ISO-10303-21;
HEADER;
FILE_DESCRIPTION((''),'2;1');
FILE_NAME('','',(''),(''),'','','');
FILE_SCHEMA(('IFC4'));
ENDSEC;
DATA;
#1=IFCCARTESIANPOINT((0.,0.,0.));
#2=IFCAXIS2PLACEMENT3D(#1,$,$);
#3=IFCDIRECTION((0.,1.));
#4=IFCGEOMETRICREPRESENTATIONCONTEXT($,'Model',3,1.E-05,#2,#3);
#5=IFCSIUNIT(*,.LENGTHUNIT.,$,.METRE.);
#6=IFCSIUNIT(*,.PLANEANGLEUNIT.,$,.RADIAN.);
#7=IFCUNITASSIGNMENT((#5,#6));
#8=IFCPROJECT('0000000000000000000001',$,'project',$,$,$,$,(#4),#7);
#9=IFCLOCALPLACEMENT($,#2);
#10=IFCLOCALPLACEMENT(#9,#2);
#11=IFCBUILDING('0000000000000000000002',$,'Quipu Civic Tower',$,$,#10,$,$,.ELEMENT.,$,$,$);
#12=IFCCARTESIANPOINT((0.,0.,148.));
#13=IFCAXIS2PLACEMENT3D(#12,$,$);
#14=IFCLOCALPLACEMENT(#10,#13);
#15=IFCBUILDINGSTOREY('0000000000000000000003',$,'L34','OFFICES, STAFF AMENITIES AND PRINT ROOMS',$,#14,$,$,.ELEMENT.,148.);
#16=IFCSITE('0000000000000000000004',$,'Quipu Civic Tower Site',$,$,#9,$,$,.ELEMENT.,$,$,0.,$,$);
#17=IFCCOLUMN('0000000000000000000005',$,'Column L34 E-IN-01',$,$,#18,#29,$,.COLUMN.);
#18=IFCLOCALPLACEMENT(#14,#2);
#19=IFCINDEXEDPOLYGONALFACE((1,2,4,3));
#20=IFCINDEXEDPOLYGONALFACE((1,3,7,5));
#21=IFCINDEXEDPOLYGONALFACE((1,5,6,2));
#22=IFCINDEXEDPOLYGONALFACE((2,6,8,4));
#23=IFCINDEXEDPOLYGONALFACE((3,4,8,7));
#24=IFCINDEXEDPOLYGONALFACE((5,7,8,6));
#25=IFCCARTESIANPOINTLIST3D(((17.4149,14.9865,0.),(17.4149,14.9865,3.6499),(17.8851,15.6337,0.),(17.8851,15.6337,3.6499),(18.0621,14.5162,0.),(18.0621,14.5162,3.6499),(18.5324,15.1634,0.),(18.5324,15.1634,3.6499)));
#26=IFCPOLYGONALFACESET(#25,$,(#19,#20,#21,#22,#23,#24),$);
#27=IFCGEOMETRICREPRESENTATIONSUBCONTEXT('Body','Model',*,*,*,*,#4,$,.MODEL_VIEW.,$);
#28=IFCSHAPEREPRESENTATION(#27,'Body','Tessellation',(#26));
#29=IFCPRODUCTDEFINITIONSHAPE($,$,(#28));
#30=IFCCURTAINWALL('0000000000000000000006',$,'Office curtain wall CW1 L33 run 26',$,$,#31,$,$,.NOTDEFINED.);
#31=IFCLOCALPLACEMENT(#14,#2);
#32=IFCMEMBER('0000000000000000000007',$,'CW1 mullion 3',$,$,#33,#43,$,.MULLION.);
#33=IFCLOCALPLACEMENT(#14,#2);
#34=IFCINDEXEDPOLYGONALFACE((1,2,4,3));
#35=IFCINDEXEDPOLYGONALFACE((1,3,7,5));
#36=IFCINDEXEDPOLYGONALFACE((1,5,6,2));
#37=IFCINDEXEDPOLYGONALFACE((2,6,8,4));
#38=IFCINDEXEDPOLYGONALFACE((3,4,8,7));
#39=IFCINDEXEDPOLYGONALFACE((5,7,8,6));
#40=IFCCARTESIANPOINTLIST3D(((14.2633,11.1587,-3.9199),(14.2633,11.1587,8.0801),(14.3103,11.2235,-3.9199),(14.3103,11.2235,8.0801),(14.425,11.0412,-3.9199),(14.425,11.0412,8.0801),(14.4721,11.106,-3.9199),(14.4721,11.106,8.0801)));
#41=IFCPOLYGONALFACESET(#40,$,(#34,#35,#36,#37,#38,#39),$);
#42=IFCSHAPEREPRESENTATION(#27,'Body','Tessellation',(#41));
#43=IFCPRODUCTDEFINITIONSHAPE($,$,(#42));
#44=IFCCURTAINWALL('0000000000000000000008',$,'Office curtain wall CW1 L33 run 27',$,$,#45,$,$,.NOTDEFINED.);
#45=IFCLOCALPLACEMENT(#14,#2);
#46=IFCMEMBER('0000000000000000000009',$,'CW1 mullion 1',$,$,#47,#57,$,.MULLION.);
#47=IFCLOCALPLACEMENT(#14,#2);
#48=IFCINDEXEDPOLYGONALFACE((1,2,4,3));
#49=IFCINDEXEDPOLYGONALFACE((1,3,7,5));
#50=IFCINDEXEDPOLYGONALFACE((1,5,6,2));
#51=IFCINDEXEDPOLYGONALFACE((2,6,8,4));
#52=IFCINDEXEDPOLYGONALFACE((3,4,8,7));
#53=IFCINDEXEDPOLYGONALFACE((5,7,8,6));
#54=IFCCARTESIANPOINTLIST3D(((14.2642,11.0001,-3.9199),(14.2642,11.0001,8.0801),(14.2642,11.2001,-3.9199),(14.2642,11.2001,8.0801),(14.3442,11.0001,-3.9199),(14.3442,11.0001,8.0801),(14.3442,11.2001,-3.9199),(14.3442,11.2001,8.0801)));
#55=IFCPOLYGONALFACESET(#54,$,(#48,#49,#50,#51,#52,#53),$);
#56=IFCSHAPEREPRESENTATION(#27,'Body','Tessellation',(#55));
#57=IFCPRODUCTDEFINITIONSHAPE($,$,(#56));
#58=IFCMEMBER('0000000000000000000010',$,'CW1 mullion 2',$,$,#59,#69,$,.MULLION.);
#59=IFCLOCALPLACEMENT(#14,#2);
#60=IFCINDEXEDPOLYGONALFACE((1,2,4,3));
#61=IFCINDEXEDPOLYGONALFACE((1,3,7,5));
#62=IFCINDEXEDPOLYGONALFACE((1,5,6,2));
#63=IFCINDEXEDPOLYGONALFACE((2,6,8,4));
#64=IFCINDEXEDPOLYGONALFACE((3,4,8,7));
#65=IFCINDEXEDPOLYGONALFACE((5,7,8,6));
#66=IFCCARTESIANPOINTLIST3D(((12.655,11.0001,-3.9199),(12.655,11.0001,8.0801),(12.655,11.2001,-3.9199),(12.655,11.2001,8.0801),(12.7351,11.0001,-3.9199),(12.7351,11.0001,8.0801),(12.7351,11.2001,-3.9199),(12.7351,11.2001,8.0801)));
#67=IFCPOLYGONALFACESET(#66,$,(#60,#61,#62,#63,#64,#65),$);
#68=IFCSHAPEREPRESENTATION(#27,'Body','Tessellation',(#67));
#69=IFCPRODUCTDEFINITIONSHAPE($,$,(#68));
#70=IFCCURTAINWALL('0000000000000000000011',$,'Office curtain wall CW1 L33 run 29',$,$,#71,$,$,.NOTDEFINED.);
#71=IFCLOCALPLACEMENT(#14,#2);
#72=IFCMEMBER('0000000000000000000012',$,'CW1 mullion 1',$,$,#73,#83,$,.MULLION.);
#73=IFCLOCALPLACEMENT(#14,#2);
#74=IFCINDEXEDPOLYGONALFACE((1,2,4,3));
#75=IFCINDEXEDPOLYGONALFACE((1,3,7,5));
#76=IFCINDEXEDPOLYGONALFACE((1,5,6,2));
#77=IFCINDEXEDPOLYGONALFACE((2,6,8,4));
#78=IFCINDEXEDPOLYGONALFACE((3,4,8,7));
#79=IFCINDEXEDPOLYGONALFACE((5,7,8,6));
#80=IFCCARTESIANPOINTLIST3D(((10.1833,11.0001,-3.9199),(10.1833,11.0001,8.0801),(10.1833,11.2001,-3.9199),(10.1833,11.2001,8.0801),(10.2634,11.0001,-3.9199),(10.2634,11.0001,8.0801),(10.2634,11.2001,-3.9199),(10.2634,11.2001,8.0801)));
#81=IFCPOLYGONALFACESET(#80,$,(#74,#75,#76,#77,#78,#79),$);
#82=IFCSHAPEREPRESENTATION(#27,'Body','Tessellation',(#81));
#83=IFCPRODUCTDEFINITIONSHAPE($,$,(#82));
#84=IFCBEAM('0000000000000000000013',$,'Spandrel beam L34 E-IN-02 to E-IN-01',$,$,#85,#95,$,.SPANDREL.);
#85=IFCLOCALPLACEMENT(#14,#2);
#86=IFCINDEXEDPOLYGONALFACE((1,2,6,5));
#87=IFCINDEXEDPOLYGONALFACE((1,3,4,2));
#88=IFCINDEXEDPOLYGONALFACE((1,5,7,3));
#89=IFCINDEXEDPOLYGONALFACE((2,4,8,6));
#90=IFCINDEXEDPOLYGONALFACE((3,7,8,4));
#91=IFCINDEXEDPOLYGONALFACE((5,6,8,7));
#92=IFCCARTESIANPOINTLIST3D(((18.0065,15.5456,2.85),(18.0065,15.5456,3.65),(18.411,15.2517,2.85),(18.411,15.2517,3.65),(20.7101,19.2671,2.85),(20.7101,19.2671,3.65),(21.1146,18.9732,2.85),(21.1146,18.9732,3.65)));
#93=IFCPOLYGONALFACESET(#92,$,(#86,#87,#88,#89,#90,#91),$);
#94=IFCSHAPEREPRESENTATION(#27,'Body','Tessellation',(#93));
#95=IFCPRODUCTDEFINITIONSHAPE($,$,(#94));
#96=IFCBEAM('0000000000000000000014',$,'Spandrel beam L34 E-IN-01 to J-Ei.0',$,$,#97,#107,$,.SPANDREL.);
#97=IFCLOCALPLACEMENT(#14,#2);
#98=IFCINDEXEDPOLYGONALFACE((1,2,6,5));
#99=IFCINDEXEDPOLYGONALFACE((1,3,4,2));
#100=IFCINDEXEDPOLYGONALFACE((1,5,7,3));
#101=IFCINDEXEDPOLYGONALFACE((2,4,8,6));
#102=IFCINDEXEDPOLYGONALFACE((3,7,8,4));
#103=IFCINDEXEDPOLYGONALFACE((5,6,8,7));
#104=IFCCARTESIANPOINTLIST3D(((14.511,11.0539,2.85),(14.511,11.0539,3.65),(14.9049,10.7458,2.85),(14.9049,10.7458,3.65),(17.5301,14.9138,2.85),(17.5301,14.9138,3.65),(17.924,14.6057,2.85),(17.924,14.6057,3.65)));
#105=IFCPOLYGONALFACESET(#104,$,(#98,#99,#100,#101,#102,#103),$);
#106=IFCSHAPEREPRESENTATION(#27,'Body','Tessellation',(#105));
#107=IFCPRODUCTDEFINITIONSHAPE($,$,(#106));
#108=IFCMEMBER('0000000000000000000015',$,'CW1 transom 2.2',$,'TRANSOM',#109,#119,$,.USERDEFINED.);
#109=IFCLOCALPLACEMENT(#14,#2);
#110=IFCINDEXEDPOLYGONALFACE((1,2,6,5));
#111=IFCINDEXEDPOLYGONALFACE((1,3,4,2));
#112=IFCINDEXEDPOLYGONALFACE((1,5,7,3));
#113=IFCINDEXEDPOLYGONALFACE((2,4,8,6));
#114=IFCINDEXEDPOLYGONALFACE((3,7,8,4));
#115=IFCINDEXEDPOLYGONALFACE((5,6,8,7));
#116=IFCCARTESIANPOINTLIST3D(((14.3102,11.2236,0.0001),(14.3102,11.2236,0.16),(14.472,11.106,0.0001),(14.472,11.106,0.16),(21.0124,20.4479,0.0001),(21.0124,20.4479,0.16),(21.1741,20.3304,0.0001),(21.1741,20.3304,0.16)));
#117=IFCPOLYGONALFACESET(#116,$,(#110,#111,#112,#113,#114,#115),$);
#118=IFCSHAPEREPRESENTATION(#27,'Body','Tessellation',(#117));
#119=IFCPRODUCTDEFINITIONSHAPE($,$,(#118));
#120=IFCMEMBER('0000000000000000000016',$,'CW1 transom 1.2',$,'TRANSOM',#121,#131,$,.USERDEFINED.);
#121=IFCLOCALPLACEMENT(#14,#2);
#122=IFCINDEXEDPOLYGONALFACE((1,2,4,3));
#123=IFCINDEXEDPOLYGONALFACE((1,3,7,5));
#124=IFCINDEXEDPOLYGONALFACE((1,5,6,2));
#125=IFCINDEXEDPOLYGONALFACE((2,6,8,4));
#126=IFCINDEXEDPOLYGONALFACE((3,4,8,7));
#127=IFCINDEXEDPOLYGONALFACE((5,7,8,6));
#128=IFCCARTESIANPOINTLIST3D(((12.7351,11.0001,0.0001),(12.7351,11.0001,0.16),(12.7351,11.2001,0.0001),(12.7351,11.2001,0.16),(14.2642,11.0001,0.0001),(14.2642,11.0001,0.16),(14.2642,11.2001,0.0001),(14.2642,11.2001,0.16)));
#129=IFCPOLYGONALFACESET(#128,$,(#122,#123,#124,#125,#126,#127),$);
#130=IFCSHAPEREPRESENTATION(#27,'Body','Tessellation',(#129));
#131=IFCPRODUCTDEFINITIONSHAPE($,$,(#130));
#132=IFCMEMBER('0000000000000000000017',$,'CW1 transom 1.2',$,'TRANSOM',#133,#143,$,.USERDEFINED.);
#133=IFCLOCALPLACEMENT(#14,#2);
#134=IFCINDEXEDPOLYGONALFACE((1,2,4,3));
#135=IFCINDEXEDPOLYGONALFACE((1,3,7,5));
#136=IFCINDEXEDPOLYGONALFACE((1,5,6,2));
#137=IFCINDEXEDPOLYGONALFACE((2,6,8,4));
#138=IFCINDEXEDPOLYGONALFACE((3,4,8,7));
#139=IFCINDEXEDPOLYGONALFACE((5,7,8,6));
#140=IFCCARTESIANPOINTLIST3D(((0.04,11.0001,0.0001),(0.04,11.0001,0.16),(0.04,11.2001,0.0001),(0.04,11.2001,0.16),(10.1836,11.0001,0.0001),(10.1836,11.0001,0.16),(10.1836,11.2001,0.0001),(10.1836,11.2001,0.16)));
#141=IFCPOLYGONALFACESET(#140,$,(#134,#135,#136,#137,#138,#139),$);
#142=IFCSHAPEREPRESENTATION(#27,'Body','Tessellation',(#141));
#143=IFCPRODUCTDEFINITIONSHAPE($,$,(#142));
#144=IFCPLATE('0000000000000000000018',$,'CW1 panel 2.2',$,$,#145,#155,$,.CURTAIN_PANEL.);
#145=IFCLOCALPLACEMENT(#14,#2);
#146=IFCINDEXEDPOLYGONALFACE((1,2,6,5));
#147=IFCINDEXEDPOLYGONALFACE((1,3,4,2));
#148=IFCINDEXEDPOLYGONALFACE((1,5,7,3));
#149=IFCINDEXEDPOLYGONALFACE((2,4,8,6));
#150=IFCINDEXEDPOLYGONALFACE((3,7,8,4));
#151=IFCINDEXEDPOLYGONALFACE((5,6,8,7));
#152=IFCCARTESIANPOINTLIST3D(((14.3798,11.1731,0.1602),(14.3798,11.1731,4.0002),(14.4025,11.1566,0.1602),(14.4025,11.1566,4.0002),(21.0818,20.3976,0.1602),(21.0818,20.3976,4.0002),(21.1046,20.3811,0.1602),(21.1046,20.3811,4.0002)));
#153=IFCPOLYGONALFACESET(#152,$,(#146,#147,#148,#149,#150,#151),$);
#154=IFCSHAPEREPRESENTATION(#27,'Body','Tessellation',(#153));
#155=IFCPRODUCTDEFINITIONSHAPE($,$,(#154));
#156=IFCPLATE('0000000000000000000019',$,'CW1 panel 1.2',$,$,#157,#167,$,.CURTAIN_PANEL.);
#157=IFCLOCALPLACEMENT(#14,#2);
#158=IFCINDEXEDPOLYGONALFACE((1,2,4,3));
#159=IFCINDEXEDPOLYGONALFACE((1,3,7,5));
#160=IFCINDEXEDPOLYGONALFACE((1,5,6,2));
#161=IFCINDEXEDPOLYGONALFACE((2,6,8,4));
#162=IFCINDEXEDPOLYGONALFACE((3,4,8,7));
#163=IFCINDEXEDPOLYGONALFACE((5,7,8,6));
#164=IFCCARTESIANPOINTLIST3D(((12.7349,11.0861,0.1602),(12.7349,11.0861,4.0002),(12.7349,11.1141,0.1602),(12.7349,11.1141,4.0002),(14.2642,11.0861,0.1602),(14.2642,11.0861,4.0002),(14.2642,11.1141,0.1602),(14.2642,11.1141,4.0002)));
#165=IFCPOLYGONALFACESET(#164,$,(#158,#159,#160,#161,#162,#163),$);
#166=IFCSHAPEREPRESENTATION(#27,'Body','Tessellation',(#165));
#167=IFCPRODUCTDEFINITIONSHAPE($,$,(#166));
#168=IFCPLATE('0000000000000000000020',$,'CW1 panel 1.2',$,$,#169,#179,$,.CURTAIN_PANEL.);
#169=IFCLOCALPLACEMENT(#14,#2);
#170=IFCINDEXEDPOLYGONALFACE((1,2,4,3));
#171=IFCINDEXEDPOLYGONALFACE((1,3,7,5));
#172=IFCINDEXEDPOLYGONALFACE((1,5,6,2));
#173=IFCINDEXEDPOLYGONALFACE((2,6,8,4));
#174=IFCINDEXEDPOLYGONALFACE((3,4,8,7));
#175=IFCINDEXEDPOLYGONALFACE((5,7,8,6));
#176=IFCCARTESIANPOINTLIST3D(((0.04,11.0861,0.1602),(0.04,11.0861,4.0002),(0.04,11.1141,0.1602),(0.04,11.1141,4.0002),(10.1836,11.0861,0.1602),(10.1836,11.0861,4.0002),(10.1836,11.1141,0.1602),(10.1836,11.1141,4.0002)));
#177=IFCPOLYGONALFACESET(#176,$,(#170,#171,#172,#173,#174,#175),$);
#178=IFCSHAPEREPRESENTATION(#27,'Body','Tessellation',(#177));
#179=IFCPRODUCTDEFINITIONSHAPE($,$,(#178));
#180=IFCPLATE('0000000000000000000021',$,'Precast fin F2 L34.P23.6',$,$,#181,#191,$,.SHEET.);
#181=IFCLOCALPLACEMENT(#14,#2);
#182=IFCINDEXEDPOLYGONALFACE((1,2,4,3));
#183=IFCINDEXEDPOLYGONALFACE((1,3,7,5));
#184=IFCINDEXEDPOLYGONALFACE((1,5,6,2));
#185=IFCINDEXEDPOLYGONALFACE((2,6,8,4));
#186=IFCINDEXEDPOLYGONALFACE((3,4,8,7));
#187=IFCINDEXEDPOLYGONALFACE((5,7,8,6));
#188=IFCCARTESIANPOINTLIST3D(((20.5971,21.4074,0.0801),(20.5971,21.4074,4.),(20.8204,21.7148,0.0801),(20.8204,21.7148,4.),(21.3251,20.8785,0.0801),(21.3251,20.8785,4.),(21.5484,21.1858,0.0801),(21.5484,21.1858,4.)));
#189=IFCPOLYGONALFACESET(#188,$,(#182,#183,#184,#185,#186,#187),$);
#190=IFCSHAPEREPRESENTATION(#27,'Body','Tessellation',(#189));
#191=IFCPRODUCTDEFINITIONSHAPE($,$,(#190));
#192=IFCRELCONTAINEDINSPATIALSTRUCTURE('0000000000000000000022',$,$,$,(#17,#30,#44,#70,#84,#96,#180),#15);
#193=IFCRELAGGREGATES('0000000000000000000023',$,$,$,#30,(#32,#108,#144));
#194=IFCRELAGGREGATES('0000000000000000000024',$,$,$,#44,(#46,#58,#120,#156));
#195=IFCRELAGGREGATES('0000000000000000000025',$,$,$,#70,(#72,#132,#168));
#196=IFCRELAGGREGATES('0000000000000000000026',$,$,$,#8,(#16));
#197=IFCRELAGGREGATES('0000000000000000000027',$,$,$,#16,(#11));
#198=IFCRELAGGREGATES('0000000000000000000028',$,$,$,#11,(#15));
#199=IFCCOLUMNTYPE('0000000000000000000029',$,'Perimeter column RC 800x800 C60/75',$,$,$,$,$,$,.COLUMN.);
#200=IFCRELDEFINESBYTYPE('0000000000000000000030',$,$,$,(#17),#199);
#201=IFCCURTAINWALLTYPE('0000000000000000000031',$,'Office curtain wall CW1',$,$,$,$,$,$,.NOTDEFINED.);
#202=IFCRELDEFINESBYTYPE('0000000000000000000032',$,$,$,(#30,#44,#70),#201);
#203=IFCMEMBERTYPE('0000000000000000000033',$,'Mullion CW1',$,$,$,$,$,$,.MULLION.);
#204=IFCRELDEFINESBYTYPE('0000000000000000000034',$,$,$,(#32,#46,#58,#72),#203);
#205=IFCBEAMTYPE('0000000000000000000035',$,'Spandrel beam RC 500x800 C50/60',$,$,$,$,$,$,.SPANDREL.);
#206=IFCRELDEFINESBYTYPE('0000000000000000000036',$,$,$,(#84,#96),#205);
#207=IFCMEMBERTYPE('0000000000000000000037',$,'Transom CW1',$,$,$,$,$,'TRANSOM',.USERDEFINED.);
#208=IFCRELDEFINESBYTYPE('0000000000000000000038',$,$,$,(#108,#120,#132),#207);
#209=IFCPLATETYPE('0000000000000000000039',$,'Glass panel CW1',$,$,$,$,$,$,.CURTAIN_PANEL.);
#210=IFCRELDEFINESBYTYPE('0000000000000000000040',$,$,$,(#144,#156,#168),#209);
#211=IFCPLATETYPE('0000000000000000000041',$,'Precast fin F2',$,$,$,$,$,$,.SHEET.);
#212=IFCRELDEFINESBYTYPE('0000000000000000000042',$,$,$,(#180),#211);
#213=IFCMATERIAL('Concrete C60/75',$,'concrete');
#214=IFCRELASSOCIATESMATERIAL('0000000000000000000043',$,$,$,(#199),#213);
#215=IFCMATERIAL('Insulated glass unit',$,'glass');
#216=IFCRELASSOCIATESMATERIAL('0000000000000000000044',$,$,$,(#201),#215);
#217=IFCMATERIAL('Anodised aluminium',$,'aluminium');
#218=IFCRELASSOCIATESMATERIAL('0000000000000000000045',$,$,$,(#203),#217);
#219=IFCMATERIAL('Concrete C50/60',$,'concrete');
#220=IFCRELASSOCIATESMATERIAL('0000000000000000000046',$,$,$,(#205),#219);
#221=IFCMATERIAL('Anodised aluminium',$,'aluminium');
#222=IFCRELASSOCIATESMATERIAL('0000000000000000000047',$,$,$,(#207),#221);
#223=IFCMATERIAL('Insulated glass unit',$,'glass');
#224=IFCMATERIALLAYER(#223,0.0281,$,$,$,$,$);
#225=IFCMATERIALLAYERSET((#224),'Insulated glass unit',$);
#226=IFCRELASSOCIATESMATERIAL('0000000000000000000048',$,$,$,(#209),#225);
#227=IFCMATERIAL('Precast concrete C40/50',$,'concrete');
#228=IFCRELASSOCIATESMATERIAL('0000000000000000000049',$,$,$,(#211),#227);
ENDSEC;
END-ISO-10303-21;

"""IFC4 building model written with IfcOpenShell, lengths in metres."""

from ifc_helpers import new_model, si_unit, direction, frame, origin, origin_2d, place, context, subcontext, project, spatial, rectangle, extrude, material, layer, layer_set, material_profile, profile_set, type_object, element, aggregate, save


model = new_model("IFC4")

# Units and contexts
model_context = context("Model", 3, precision=1e-05, world=origin(), true_north=direction((0.0, 1.0)))
body_context = subcontext(model_context, "Body", "Model", "MODEL_VIEW")
ifc_project = project(units=[si_unit("LENGTHUNIT", "METRE"), si_unit("PLANEANGLEUNIT", "RADIAN")], contexts=[model_context])

# Site, building, storey
site_placement = place(None, origin())
site = spatial("IfcSite", under=ifc_project, at=site_placement, Name="Quipu Civic Tower Site", CompositionType="ELEMENT", RefElevation=0.0)
building_placement = place(site_placement, origin())
building = spatial("IfcBuilding", under=site, at=building_placement, Name="Quipu Civic Tower", CompositionType="ELEMENT")
storey_placement = place(building_placement, frame((0.0, 0.0, 148.0)))
storey = spatial("IfcBuildingStorey", under=building, at=storey_placement, Name="L34", Description="OFFICES, STAFF AMENITIES AND PRINT ROOMS", CompositionType="ELEMENT", Elevation=148.0)

# Column
ifc_material_1 = material(Name="Concrete C60/75", Category="concrete")
ifc_material_profile_1 = material_profile(ifc_material_1, rectangle(XDim=0.8, YDim=0.8, at=origin_2d()), Name="RC800x800")
ifc_profile_set_1 = profile_set([ifc_material_profile_1], Name="Concrete C60/75")
column_type = type_object("IfcColumnType", Name="Perimeter column RC 800x800 C60/75", PredefinedType="COLUMN", material=ifc_profile_set_1)
column_placement = place(storey_placement, frame((17.9736, 15.075, 0.0), z_axis=(0.0, 0.0, 1.0), x_axis=(-0.587785, -0.809017, 0.0)))
element("IfcColumn", 1, at=column_placement, inside=storey, type_object=column_type, Name="Column L34 E-IN-01", PredefinedType="COLUMN", context=body_context, shape_type="SweptSolid", body=[
    extrude(rectangle(XDim=0.8, YDim=0.8, at=origin_2d()), origin(), (0.0, 0.0, 1.0), 3.6499),
])

# Curtain wall, member
ifc_material_2 = material(Name="Insulated glass unit", Category="glass")
curtain_wall_type = type_object("IfcCurtainWallType", Name="Office curtain wall CW1", PredefinedType="NOTDEFINED", material=ifc_material_2)
curtain_wall_1_placement = place(storey_placement, origin())
curtain_wall_1 = element("IfcCurtainWall", 2, at=curtain_wall_1_placement, inside=storey, type_object=curtain_wall_type, Name="Office curtain wall CW1 L33 run 26", PredefinedType="NOTDEFINED")
ifc_material_3 = material(Name="Anodised aluminium", Category="aluminium")
ifc_material_profile_2 = material_profile(ifc_material_3, rectangle(XDim=0.2, YDim=0.0801, at=origin_2d()), Name="RECT 200x80")
ifc_profile_set_2 = profile_set([ifc_material_profile_2], Name="Anodised aluminium")
member_type_1 = type_object("IfcMemberType", Name="Mullion CW1", PredefinedType="MULLION", material=ifc_profile_set_2)
member_1_placement = place(storey_placement, frame((14.3677, 11.1323, -3.9199), z_axis=(0.0, 0.0, 1.0), x_axis=(0.809014, -0.587789, 0.0)))
member_1 = element("IfcMember", 3, at=member_1_placement, type_object=member_type_1, Name="CW1 mullion 3", PredefinedType="MULLION", context=body_context, shape_type="SweptSolid", body=[
    extrude(rectangle(XDim=0.2, YDim=0.0801, at=origin_2d()), origin(), (0.0, 0.0, 1.0), 12.0),
])

# Curtain wall, members
curtain_wall_2_placement = place(storey_placement, origin())
curtain_wall_2 = element("IfcCurtainWall", 4, at=curtain_wall_2_placement, inside=storey, type_object=curtain_wall_type, Name="Office curtain wall CW1 L33 run 27", PredefinedType="NOTDEFINED")
member_2_placement = place(storey_placement, frame((14.3042, 11.1001, -3.9199), z_axis=(0.0, 0.0, 1.0), x_axis=(0.0, -1.0, 0.0)))
member_2 = element("IfcMember", 5, at=member_2_placement, type_object=member_type_1, Name="CW1 mullion 1", PredefinedType="MULLION", context=body_context, shape_type="SweptSolid", body=[
    extrude(rectangle(XDim=0.2, YDim=0.0801, at=origin_2d()), origin(), (0.0, 0.0, 1.0), 12.0),
])
member_3_placement = place(storey_placement, frame((12.6951, 11.1001, -3.9199), z_axis=(0.0, 0.0, 1.0), x_axis=(0.0, -1.0, 0.0)))
member_3 = element("IfcMember", 6, at=member_3_placement, type_object=member_type_1, Name="CW1 mullion 2", PredefinedType="MULLION", context=body_context, shape_type="SweptSolid", body=[
    extrude(rectangle(XDim=0.2, YDim=0.0801, at=origin_2d()), origin(), (0.0, 0.0, 1.0), 12.0),
])

# Curtain wall, member
curtain_wall_3_placement = place(storey_placement, origin())
curtain_wall_3 = element("IfcCurtainWall", 7, at=curtain_wall_3_placement, inside=storey, type_object=curtain_wall_type, Name="Office curtain wall CW1 L33 run 29", PredefinedType="NOTDEFINED")
member_4_placement = place(storey_placement, frame((10.2234, 11.1001, -3.9199), z_axis=(0.0, 0.0, 1.0), x_axis=(0.0, -1.0, 0.0)))
member_4 = element("IfcMember", 8, at=member_4_placement, type_object=member_type_1, Name="CW1 mullion 1", PredefinedType="MULLION", context=body_context, shape_type="SweptSolid", body=[
    extrude(rectangle(XDim=0.2, YDim=0.0801, at=origin_2d()), origin(), (0.0, 0.0, 1.0), 12.0),
])

# Beams
ifc_material_4 = material(Name="Concrete C50/60", Category="concrete")
ifc_material_profile_3 = material_profile(ifc_material_4, rectangle(XDim=0.5, YDim=0.8, at=origin_2d()), Name="RC500x800")
ifc_profile_set_3 = profile_set([ifc_material_profile_3], Name="Concrete C50/60")
beam_type = type_object("IfcBeamType", Name="Spandrel beam RC 500x800 C50/60", PredefinedType="SPANDREL", material=ifc_profile_set_3)
beam_1_placement = place(storey_placement, frame((20.9124, 19.1201, 3.25), z_axis=(-0.587761, -0.809034, 0.0), x_axis=(0.809034, -0.587761, 0.0)))
element("IfcBeam", 9, at=beam_1_placement, inside=storey, type_object=beam_type, Name="Spandrel beam L34 E-IN-02 to E-IN-01", PredefinedType="SPANDREL", context=body_context, shape_type="SweptSolid", body=[
    extrude(rectangle(XDim=0.5, YDim=0.8, at=origin_2d()), origin(), (0.0, 0.0, 1.0), 4.5999),
])
beam_2_placement = place(storey_placement, frame((17.7271, 14.7598, 3.25), z_axis=(-0.616091, -0.787675, 0.0), x_axis=(0.787675, -0.616091, 0.0)))
element("IfcBeam", 10, at=beam_2_placement, inside=storey, type_object=beam_type, Name="Spandrel beam L34 E-IN-01 to J-Ei.0", PredefinedType="SPANDREL", context=body_context, shape_type="SweptSolid", body=[
    extrude(rectangle(XDim=0.5, YDim=0.8, at=origin_2d()), origin(), (0.0, 0.0, 1.0), 4.9004),
])

# Members
ifc_material_5 = material(Name="Anodised aluminium", Category="aluminium")
ifc_material_profile_4 = material_profile(ifc_material_5, rectangle(XDim=0.2, YDim=0.1599, at=origin_2d()), Name="RECT 200x160")
ifc_profile_set_4 = profile_set([ifc_material_profile_4], Name="Anodised aluminium")
member_type_2 = type_object("IfcMemberType", Name="Transom CW1", ElementType="TRANSOM", PredefinedType="USERDEFINED", material=ifc_profile_set_4)
member_5_placement = place(storey_placement, frame((21.0933, 20.3892, 0.0801), z_axis=(-0.5878, -0.809006, 0.0), x_axis=(0.809006, -0.5878, 0.0)))
member_5 = element("IfcMember", 11, at=member_5_placement, type_object=member_type_2, Name="CW1 transom 2.2", ObjectType="TRANSOM", PredefinedType="USERDEFINED", context=body_context, shape_type="SweptSolid", body=[
    extrude(rectangle(XDim=0.2, YDim=0.1599, at=origin_2d()), origin(), (0.0, 0.0, 1.0), 11.4021),
])
member_6_placement = place(storey_placement, frame((14.2642, 11.1001, 0.0801), z_axis=(-1.0, 0.0, 0.0), x_axis=(0.0, -1.0, 0.0)))
member_6 = element("IfcMember", 12, at=member_6_placement, type_object=member_type_2, Name="CW1 transom 1.2", ObjectType="TRANSOM", PredefinedType="USERDEFINED", context=body_context, shape_type="SweptSolid", body=[
    extrude(rectangle(XDim=0.2, YDim=0.1599, at=origin_2d()), origin(), (0.0, 0.0, 1.0), 1.5291),
])
member_7_placement = place(storey_placement, frame((10.1836, 11.1001, 0.0801), z_axis=(-1.0, 0.0, 0.0), x_axis=(0.0, -1.0, 0.0)))
member_7 = element("IfcMember", 13, at=member_7_placement, type_object=member_type_2, Name="CW1 transom 1.2", ObjectType="TRANSOM", PredefinedType="USERDEFINED", context=body_context, shape_type="SweptSolid", body=[
    extrude(rectangle(XDim=0.2, YDim=0.1599, at=origin_2d()), origin(), (0.0, 0.0, 1.0), 10.1436),
])

# Plates
ifc_material_6 = material(Name="Insulated glass unit", Category="glass")
ifc_layer_1 = layer(ifc_material_6, 0.0281)
ifc_layer_set_1 = layer_set([ifc_layer_1], Name="Insulated glass unit")
plate_type_1 = type_object("IfcPlateType", Name="Glass panel CW1", PredefinedType="CURTAIN_PANEL", material=ifc_layer_set_1)
plate_1_placement = place(storey_placement, frame((17.7422, 15.7771, 0.1602), z_axis=(0.0, 0.0, 1.0), x_axis=(-0.587789, -0.809014, 0.0)))
plate_1 = element("IfcPlate", 14, at=plate_1_placement, type_object=plate_type_1, Name="CW1 panel 2.2", PredefinedType="CURTAIN_PANEL", context=body_context, shape_type="SweptSolid", body=[
    extrude(rectangle(XDim=11.4021, YDim=0.0281, at=origin_2d()), origin(), (0.0, 0.0, 1.0), 3.8401),
])
aggregate(curtain_wall_1, [member_1, member_5, plate_1])
plate_2_placement = place(storey_placement, frame((13.4995, 11.1001, 0.1602), z_axis=(0.0, 0.0, 1.0), x_axis=(-1.0, 0.0, 0.0)))
plate_2 = element("IfcPlate", 15, at=plate_2_placement, type_object=plate_type_1, Name="CW1 panel 1.2", PredefinedType="CURTAIN_PANEL", context=body_context, shape_type="SweptSolid", body=[
    extrude(rectangle(XDim=1.5293, YDim=0.0281, at=origin_2d()), origin(), (0.0, 0.0, 1.0), 3.8401),
])
aggregate(curtain_wall_2, [member_2, member_3, member_6, plate_2])
plate_3_placement = place(storey_placement, frame((5.1118, 11.1001, 0.1602), z_axis=(0.0, 0.0, 1.0), x_axis=(-1.0, 0.0, 0.0)))
plate_3 = element("IfcPlate", 16, at=plate_3_placement, type_object=plate_type_1, Name="CW1 panel 1.2", PredefinedType="CURTAIN_PANEL", context=body_context, shape_type="SweptSolid", body=[
    extrude(rectangle(XDim=10.1436, YDim=0.0281, at=origin_2d()), origin(), (0.0, 0.0, 1.0), 3.8401),
])
aggregate(curtain_wall_3, [member_4, member_7, plate_3])

# Plate
ifc_material_7 = material(Name="Precast concrete C40/50", Category="concrete")
plate_type_2 = type_object("IfcPlateType", Name="Precast fin F2", PredefinedType="SHEET", material=ifc_material_7)
for number, where, z_axis, x_axis, name in (
    (17, (21.0728, 21.2966, 0.0801), (0.0, 0.0, 1.0), (-0.587787, -0.809016, 0.0), "Precast fin F2 L34.P23.6"),
):
    element("IfcPlate", number, at=place(storey_placement, frame(where, z_axis=z_axis, x_axis=x_axis)), inside=storey, type_object=plate_type_2, Name=name, PredefinedType="SHEET", context=body_context, shape_type="SweptSolid", body=[
        extrude(rectangle(XDim=0.3799, YDim=0.8999, at=origin_2d()), origin(), (0.0, 0.0, 1.0), 3.9199),
    ])

save(model, "model.ifc")
